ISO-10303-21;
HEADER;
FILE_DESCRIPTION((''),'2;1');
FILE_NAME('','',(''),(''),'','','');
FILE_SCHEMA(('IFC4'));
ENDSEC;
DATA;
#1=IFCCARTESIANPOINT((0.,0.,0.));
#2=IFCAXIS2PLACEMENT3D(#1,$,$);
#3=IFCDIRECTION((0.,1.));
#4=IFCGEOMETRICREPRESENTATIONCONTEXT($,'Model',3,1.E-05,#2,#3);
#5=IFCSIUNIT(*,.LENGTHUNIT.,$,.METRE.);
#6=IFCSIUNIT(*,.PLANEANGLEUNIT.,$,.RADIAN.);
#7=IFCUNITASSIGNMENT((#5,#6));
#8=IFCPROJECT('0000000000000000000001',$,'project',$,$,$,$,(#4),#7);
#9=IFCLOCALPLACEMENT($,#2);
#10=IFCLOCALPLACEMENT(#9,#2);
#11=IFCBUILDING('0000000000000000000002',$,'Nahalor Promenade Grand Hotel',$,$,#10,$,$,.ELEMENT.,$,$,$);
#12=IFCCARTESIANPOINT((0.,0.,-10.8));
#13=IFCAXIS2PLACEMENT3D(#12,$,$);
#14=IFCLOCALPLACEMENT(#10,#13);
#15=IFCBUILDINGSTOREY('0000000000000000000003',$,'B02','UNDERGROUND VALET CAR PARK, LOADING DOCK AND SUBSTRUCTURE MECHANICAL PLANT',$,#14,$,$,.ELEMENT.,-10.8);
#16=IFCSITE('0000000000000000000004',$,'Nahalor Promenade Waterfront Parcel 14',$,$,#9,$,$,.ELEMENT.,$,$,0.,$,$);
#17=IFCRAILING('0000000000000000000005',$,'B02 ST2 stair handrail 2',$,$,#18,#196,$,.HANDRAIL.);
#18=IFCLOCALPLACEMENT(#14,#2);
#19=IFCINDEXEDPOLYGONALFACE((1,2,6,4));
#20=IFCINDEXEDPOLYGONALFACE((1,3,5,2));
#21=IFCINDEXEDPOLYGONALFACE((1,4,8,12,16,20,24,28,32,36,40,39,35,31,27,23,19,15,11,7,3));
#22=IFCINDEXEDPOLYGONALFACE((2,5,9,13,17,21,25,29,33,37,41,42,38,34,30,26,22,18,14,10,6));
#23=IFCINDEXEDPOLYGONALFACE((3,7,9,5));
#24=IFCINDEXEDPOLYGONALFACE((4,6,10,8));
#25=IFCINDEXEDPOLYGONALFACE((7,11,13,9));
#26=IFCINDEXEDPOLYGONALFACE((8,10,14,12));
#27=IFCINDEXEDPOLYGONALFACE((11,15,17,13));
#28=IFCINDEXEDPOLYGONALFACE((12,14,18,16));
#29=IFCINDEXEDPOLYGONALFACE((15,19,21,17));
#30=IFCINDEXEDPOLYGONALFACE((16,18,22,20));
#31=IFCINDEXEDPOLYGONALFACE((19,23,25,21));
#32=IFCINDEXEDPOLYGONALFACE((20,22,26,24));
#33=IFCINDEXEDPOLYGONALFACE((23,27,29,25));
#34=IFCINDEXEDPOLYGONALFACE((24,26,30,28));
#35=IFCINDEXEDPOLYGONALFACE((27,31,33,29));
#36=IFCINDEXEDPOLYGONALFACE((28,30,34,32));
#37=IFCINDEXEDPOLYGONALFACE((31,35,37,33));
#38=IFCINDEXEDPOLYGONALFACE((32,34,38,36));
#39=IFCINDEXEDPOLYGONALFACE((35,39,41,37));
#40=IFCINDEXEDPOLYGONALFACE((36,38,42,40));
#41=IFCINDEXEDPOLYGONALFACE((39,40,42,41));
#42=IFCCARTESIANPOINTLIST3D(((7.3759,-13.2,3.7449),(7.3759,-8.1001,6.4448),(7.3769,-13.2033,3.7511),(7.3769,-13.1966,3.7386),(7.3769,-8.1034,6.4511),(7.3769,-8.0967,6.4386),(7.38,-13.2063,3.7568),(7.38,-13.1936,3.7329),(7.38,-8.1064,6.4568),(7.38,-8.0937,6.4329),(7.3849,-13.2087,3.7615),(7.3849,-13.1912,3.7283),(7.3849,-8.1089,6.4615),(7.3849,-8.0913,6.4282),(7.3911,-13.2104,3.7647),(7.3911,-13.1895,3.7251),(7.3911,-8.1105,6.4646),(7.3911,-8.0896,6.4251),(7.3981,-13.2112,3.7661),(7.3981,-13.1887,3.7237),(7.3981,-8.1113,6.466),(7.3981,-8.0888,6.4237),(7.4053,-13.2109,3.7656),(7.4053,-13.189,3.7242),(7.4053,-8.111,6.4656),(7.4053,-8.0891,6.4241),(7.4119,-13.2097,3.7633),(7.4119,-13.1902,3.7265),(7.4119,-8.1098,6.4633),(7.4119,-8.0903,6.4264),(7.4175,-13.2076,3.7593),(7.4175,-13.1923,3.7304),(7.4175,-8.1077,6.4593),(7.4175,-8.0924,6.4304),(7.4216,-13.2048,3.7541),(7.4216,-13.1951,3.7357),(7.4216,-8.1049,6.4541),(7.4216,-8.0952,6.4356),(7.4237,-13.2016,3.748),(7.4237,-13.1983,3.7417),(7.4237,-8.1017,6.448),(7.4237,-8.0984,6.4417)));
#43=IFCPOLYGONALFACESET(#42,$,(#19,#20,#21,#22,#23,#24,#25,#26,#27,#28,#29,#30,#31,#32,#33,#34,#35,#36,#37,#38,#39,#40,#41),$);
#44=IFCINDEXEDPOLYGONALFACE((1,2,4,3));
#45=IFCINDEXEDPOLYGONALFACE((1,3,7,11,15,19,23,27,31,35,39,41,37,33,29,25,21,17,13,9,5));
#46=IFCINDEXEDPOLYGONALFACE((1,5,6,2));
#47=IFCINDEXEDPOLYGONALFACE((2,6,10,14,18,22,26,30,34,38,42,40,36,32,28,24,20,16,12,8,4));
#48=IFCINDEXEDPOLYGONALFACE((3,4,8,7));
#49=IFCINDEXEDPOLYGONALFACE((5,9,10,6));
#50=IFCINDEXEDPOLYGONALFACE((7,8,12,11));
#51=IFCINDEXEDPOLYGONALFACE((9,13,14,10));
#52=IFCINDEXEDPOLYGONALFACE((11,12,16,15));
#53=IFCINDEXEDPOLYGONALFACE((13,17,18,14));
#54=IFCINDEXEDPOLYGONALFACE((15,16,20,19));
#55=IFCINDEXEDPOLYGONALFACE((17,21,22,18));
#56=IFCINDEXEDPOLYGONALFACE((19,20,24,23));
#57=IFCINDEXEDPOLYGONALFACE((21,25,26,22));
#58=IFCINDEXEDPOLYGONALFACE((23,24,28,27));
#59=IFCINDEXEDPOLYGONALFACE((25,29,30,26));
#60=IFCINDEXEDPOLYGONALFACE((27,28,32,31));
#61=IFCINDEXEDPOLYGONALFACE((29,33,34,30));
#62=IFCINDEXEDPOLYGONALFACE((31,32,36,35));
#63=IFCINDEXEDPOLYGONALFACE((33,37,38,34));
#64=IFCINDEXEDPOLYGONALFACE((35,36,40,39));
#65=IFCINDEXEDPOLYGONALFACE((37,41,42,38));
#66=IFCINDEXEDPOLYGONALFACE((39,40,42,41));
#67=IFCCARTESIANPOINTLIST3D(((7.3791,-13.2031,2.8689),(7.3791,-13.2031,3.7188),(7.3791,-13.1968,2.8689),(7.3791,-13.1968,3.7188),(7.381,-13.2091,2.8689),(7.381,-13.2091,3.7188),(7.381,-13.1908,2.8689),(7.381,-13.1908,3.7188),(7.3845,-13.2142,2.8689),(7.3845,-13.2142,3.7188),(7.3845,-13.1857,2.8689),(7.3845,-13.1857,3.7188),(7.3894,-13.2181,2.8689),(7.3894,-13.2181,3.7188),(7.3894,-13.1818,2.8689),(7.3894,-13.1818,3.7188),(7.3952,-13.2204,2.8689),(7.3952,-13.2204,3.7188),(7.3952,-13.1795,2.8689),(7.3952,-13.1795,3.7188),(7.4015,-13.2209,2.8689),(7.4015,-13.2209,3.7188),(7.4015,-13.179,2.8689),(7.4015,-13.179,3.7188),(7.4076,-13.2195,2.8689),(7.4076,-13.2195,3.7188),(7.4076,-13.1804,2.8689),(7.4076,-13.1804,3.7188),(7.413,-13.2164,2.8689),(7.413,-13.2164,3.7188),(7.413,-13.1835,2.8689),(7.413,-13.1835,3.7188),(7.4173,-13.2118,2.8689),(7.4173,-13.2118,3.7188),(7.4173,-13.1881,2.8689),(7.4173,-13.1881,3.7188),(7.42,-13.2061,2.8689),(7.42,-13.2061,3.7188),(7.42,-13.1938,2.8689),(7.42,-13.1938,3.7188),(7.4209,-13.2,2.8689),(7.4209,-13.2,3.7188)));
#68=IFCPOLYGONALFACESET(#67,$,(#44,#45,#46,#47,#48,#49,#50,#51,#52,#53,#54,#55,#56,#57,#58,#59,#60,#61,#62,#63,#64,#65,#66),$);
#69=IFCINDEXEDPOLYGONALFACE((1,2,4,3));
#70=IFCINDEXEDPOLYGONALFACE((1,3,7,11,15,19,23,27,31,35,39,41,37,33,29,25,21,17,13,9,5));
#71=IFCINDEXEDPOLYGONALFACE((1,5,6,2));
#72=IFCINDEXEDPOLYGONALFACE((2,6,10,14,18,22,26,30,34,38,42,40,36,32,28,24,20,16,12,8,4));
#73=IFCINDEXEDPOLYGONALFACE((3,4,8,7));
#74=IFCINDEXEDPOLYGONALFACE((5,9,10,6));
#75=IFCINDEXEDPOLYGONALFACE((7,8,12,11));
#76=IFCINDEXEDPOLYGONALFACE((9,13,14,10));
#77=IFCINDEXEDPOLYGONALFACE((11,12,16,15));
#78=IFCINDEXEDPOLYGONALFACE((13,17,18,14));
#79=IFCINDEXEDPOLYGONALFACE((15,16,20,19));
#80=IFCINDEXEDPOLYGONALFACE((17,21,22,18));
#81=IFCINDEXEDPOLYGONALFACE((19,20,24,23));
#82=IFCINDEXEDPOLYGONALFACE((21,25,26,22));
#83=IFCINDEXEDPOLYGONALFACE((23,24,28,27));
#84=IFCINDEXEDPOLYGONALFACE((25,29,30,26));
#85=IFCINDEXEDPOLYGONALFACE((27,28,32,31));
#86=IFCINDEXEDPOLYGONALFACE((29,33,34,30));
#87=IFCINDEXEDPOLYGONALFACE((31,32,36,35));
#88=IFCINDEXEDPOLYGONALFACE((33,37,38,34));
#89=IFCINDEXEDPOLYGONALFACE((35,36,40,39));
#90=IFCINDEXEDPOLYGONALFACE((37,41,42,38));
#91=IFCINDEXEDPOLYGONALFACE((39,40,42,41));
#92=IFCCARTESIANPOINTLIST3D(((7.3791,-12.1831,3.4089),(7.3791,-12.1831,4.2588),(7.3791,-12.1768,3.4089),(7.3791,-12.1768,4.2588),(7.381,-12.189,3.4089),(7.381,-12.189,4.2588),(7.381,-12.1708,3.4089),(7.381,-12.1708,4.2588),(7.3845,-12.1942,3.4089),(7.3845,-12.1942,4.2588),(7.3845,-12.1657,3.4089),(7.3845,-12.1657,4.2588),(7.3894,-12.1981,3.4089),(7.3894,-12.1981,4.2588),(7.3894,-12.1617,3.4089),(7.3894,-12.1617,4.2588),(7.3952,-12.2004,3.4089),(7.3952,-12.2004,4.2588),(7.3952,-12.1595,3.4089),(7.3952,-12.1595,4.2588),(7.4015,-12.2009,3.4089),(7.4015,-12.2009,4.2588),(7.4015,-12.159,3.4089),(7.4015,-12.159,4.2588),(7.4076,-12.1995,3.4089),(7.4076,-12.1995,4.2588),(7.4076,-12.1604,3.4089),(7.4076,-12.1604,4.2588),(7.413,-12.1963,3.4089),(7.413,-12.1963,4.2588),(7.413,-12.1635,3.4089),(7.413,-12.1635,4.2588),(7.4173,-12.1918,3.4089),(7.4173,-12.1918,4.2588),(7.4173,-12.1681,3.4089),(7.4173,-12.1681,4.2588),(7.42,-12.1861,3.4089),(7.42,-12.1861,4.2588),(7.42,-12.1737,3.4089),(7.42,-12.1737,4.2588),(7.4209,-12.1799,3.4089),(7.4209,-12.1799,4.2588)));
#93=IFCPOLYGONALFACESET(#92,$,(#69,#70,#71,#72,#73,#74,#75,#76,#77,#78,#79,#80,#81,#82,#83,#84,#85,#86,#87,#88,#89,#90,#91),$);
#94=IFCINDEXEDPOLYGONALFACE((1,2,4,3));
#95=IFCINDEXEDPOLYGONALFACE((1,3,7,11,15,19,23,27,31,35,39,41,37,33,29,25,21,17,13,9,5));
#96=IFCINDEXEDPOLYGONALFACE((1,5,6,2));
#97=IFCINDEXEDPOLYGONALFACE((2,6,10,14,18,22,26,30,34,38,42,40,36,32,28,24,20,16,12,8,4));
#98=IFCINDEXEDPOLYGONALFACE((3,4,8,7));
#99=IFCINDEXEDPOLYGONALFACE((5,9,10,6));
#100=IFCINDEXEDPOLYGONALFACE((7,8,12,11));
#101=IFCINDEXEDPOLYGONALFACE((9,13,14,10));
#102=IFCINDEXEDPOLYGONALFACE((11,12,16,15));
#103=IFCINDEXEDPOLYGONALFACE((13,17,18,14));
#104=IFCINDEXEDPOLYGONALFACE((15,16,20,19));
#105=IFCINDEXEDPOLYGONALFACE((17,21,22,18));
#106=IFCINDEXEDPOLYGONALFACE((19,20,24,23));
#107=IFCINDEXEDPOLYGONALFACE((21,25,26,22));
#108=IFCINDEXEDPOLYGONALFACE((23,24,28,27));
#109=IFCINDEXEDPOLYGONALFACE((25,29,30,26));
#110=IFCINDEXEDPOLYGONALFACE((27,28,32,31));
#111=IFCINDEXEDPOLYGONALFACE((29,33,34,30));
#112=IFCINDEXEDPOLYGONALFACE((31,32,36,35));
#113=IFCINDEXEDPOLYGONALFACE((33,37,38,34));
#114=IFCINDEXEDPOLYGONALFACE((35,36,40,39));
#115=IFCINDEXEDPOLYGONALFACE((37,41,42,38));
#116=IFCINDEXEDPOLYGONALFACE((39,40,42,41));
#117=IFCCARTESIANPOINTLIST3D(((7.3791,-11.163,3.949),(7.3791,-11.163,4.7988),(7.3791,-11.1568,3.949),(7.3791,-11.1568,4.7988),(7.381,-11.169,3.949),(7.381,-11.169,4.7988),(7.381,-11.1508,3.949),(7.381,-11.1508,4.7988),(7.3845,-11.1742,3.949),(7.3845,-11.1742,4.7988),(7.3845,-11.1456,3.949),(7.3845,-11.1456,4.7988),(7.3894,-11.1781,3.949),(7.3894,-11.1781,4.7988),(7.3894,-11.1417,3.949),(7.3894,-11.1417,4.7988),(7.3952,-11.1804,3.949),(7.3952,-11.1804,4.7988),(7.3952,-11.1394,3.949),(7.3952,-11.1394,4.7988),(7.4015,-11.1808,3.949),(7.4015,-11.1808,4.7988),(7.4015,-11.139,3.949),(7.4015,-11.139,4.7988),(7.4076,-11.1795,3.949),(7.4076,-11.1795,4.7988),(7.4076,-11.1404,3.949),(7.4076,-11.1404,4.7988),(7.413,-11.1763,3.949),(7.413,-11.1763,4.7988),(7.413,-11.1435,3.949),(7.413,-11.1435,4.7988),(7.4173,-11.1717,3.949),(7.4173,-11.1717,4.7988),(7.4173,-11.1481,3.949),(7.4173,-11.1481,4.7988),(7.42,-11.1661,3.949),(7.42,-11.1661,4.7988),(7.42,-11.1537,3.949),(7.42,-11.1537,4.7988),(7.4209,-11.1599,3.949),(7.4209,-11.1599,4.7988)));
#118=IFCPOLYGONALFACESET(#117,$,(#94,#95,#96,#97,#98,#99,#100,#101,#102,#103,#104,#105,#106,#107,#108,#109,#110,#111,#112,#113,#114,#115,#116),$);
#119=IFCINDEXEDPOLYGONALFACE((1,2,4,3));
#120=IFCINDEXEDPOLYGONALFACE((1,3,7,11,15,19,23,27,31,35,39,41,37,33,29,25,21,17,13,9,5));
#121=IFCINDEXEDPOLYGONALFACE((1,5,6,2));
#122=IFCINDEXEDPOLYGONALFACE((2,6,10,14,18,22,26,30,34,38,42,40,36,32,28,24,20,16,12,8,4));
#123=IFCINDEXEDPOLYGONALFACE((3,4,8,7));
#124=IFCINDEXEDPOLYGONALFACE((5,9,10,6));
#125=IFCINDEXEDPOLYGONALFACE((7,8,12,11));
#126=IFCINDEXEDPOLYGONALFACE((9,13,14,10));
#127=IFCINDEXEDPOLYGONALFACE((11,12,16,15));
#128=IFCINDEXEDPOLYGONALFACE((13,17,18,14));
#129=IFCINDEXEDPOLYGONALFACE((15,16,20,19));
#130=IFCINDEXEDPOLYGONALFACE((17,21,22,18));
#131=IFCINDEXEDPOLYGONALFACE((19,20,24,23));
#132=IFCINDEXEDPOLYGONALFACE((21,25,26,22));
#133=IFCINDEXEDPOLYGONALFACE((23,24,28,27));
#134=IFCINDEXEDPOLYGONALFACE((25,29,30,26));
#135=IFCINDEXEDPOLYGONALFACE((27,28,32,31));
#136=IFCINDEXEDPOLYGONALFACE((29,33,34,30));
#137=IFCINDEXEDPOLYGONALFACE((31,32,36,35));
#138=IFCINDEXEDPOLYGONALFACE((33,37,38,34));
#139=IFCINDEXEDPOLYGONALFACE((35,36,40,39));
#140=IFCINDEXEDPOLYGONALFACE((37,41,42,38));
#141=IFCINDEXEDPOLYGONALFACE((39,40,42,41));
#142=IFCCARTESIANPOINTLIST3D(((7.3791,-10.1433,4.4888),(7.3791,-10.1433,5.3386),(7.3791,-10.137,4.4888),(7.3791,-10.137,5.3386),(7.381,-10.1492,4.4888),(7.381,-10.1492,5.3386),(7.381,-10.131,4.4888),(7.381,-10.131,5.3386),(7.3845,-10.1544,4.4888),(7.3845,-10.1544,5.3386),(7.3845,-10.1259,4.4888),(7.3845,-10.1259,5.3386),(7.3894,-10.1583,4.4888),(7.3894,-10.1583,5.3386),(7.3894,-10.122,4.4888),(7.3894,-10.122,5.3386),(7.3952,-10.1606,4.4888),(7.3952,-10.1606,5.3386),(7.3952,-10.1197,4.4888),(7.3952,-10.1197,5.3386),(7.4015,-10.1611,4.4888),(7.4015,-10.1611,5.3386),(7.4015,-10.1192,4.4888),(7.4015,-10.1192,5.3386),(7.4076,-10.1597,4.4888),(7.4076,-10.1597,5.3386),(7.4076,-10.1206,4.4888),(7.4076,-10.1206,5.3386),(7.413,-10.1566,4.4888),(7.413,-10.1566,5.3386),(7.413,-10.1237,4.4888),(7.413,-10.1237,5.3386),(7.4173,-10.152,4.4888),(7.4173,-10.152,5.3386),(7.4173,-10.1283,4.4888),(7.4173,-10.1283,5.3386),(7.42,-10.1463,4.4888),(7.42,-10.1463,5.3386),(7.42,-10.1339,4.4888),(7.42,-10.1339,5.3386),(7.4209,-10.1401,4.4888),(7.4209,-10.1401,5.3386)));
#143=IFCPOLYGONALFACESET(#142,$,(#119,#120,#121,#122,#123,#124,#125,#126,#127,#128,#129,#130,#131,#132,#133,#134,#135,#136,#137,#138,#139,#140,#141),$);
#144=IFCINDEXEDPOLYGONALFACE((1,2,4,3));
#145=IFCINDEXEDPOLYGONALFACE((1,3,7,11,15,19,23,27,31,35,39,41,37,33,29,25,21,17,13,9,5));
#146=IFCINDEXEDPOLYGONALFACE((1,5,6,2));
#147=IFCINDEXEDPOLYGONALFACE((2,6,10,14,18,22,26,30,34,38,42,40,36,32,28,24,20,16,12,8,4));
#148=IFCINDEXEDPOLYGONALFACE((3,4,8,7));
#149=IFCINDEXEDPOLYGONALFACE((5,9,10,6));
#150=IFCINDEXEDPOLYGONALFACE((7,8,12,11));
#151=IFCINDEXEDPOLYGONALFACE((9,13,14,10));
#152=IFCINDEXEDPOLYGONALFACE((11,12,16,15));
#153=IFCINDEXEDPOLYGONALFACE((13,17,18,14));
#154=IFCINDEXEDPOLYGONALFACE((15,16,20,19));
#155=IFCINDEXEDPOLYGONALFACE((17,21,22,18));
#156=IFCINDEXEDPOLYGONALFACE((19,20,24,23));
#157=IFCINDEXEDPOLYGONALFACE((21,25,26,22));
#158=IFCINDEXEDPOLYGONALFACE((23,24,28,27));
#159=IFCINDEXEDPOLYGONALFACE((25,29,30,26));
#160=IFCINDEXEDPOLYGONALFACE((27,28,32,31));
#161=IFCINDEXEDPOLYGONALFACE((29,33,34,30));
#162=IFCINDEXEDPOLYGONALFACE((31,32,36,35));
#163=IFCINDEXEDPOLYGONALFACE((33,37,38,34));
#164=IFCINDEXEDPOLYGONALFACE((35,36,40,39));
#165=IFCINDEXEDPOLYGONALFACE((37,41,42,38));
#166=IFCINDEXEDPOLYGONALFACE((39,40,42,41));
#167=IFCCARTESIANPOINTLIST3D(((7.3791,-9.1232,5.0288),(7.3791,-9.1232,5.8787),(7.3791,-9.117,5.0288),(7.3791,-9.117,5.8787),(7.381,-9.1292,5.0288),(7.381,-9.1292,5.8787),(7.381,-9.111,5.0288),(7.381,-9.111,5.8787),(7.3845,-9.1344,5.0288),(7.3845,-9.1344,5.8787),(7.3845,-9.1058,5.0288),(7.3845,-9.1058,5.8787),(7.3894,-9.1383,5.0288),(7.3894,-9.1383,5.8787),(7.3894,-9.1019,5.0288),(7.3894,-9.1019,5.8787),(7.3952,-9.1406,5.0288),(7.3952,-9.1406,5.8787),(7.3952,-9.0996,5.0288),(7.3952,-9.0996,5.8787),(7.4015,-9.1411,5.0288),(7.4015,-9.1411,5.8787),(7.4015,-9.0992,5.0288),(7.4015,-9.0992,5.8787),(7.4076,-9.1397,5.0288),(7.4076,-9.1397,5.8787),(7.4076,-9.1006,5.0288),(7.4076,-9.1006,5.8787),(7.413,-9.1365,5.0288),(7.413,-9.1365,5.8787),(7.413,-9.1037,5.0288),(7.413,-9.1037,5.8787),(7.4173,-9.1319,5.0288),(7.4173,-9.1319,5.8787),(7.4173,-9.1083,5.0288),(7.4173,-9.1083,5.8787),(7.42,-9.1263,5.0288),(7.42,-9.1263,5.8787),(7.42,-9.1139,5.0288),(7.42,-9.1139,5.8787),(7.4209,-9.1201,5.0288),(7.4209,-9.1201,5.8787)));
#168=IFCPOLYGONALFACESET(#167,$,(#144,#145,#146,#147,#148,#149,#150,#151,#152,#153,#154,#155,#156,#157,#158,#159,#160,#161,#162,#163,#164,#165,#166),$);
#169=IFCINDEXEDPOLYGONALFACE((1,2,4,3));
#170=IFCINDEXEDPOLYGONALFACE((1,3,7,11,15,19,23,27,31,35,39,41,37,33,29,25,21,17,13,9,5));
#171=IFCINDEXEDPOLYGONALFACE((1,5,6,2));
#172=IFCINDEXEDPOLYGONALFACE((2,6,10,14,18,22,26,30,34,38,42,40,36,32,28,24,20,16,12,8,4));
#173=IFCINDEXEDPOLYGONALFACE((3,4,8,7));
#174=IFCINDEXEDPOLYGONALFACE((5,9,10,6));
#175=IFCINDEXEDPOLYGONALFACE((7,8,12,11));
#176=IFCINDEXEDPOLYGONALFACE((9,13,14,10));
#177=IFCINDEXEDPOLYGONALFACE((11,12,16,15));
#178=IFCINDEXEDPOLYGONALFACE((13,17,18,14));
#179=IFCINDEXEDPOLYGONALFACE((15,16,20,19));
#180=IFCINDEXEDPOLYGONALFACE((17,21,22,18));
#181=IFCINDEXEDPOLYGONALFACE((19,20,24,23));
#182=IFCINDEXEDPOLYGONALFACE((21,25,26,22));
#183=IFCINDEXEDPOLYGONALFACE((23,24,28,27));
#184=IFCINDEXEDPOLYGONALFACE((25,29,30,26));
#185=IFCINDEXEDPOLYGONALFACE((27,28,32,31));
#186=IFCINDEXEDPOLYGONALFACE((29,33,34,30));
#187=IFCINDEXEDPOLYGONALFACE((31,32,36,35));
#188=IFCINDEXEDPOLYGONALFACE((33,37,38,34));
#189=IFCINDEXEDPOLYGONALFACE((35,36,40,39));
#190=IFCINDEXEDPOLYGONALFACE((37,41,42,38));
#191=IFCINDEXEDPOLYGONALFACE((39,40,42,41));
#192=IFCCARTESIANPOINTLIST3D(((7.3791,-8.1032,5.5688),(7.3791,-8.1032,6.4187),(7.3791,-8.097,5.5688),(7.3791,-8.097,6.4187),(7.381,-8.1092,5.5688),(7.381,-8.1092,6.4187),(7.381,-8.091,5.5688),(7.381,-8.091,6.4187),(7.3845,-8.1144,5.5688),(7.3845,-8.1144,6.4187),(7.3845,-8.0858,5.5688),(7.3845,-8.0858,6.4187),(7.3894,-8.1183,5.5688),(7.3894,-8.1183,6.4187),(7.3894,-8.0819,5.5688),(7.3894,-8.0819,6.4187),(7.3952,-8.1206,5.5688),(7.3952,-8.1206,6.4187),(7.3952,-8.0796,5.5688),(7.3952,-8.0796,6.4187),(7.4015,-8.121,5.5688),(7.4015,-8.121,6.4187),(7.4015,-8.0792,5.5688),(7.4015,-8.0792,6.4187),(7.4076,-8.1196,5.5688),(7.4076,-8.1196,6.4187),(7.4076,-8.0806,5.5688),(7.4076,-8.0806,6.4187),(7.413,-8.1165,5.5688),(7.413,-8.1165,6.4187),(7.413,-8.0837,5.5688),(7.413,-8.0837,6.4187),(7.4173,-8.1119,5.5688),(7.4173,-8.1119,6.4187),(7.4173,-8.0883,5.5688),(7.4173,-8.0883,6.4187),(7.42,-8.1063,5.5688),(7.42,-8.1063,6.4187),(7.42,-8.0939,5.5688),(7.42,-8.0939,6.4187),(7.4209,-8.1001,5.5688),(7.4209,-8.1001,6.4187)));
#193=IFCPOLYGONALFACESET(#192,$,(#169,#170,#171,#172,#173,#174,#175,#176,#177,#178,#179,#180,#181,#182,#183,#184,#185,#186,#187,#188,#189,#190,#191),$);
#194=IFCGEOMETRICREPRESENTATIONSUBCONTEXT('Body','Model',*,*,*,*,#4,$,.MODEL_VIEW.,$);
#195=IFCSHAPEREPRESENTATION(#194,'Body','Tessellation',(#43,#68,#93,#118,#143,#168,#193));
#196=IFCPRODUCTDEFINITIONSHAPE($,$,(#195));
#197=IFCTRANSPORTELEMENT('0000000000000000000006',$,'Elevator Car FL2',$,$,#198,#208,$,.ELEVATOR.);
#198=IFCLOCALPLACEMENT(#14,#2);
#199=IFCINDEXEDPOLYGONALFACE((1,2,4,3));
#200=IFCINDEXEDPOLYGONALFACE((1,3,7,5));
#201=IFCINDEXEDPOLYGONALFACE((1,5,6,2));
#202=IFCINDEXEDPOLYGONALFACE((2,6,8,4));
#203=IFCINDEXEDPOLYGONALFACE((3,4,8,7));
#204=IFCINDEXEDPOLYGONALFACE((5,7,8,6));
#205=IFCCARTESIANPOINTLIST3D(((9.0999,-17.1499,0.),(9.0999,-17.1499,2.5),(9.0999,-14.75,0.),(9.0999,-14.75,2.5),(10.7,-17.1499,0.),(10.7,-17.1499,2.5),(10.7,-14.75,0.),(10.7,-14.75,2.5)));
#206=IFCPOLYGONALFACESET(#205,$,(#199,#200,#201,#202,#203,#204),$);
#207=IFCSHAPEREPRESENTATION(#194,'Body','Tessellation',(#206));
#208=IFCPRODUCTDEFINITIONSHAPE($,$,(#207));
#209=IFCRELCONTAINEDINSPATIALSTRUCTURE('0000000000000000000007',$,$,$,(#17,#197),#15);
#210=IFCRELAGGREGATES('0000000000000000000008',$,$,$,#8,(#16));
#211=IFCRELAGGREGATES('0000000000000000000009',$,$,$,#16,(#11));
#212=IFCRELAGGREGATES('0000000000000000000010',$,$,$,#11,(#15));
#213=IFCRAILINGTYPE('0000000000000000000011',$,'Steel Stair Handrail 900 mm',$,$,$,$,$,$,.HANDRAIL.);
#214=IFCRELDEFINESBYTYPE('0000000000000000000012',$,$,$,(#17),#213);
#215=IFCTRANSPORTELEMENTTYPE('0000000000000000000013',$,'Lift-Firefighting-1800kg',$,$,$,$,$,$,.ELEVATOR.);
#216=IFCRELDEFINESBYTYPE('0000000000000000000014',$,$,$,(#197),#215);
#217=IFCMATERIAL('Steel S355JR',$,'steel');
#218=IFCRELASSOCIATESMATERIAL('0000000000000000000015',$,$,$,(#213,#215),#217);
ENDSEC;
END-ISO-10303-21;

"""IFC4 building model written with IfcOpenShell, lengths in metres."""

from ifc_helpers import new_model, si_unit, direction, frame, origin, origin_2d, place, context, subcontext, project, spatial, rectangle, circle, extrude, source, transform, mapped, material, type_object, element, save


model = new_model("IFC4")

# Units and contexts
model_context = context("Model", 3, precision=1e-05, world=origin(), true_north=direction((0.0, 1.0)))
body_context = subcontext(model_context, "Body", "Model", "MODEL_VIEW")
ifc_project = project(units=[si_unit("LENGTHUNIT", "METRE"), si_unit("PLANEANGLEUNIT", "RADIAN")], contexts=[model_context])

# Site, building, storey
site_placement = place(None, origin())
site = spatial("IfcSite", under=ifc_project, at=site_placement, Name="Nahalor Promenade Waterfront Parcel 14", CompositionType="ELEMENT", RefElevation=0.0)
building_placement = place(site_placement, origin())
building = spatial("IfcBuilding", under=site, at=building_placement, Name="Nahalor Promenade Grand Hotel", CompositionType="ELEMENT")
storey_placement = place(building_placement, frame((0.0, 0.0, -10.8)))
storey = spatial("IfcBuildingStorey", under=building, at=storey_placement, Name="B02", Description="UNDERGROUND VALET CAR PARK, LOADING DOCK AND SUBSTRUCTURE MECHANICAL PLANT", CompositionType="ELEMENT", Elevation=-10.8)

# Shared definitions
ifc_material_1 = material(Name="Steel S355JR", Category="steel")

# Railing
railing_type_1 = type_object("IfcRailingType", Name="Steel Stair Handrail 900 mm", PredefinedType="HANDRAIL", material=ifc_material_1)
railing_1_placement = place(storey_placement, frame((7.3999, -13.2, 2.8689)))
element("IfcRailing", 1, at=railing_1_placement, inside=storey, type_object=railing_type_1, Name="B02 ST2 stair handrail 2", PredefinedType="HANDRAIL", context=body_context, shape_type="SweptSolid", body=[
    extrude(circle(Radius=0.024, at=origin_2d()), frame((0.0, 0.0, 0.876), z_axis=(0.0, 0.883786, 0.467892), x_axis=(-1.0, 0.0, 0.0)), (0.0, 0.0, 1.0), 5.7705),
    extrude(circle(Radius=0.021, at=origin_2d()), origin(), (0.0, 0.0, 1.0), 0.8499),
    extrude(circle(Radius=0.021, at=origin_2d()), frame((0.0, 1.02, 0.54)), (0.0, 0.0, 1.0), 0.8499),
    extrude(circle(Radius=0.021, at=origin_2d()), frame((0.0, 2.04, 1.0801)), (0.0, 0.0, 1.0), 0.8499),
    extrude(circle(Radius=0.021, at=origin_2d()), frame((0.0, 3.0598, 1.6199)), (0.0, 0.0, 1.0), 0.8499),
    extrude(circle(Radius=0.021, at=origin_2d()), frame((0.0, 4.0798, 2.1599)), (0.0, 0.0, 1.0), 0.8499),
    extrude(circle(Radius=0.021, at=origin_2d()), frame((0.0, 5.0999, 2.7)), (0.0, 0.0, 1.0), 0.8499),
])

# Transport element
transport_element_type_1 = type_object("IfcTransportElementType", Name="Lift-Firefighting-1800kg", PredefinedType="ELEVATOR", material=ifc_material_1)
shared_shape_1 = source(origin(), body_context, "Body", "SweptSolid", [
    extrude(rectangle(XDim=1.6001, YDim=2.3999, at=origin_2d()), origin(), (0.0, 0.0, 1.0), 2.5),
])
transport_element_1_placement = place(storey_placement, frame((9.8999, -15.95, 0.0), z_axis=(0.0, 0.0, 1.0), x_axis=(1.0, 0.0, 0.0)))
element("IfcTransportElement", 2, at=transport_element_1_placement, inside=storey, type_object=transport_element_type_1, Name="Elevator Car FL2", PredefinedType="ELEVATOR", context=body_context, shape_type="MappedRepresentation", body=[
    mapped(shared_shape_1, transform((0.0, 0.0, 0.0), scale=1.0)),
])

save(model, "model.ifc")
